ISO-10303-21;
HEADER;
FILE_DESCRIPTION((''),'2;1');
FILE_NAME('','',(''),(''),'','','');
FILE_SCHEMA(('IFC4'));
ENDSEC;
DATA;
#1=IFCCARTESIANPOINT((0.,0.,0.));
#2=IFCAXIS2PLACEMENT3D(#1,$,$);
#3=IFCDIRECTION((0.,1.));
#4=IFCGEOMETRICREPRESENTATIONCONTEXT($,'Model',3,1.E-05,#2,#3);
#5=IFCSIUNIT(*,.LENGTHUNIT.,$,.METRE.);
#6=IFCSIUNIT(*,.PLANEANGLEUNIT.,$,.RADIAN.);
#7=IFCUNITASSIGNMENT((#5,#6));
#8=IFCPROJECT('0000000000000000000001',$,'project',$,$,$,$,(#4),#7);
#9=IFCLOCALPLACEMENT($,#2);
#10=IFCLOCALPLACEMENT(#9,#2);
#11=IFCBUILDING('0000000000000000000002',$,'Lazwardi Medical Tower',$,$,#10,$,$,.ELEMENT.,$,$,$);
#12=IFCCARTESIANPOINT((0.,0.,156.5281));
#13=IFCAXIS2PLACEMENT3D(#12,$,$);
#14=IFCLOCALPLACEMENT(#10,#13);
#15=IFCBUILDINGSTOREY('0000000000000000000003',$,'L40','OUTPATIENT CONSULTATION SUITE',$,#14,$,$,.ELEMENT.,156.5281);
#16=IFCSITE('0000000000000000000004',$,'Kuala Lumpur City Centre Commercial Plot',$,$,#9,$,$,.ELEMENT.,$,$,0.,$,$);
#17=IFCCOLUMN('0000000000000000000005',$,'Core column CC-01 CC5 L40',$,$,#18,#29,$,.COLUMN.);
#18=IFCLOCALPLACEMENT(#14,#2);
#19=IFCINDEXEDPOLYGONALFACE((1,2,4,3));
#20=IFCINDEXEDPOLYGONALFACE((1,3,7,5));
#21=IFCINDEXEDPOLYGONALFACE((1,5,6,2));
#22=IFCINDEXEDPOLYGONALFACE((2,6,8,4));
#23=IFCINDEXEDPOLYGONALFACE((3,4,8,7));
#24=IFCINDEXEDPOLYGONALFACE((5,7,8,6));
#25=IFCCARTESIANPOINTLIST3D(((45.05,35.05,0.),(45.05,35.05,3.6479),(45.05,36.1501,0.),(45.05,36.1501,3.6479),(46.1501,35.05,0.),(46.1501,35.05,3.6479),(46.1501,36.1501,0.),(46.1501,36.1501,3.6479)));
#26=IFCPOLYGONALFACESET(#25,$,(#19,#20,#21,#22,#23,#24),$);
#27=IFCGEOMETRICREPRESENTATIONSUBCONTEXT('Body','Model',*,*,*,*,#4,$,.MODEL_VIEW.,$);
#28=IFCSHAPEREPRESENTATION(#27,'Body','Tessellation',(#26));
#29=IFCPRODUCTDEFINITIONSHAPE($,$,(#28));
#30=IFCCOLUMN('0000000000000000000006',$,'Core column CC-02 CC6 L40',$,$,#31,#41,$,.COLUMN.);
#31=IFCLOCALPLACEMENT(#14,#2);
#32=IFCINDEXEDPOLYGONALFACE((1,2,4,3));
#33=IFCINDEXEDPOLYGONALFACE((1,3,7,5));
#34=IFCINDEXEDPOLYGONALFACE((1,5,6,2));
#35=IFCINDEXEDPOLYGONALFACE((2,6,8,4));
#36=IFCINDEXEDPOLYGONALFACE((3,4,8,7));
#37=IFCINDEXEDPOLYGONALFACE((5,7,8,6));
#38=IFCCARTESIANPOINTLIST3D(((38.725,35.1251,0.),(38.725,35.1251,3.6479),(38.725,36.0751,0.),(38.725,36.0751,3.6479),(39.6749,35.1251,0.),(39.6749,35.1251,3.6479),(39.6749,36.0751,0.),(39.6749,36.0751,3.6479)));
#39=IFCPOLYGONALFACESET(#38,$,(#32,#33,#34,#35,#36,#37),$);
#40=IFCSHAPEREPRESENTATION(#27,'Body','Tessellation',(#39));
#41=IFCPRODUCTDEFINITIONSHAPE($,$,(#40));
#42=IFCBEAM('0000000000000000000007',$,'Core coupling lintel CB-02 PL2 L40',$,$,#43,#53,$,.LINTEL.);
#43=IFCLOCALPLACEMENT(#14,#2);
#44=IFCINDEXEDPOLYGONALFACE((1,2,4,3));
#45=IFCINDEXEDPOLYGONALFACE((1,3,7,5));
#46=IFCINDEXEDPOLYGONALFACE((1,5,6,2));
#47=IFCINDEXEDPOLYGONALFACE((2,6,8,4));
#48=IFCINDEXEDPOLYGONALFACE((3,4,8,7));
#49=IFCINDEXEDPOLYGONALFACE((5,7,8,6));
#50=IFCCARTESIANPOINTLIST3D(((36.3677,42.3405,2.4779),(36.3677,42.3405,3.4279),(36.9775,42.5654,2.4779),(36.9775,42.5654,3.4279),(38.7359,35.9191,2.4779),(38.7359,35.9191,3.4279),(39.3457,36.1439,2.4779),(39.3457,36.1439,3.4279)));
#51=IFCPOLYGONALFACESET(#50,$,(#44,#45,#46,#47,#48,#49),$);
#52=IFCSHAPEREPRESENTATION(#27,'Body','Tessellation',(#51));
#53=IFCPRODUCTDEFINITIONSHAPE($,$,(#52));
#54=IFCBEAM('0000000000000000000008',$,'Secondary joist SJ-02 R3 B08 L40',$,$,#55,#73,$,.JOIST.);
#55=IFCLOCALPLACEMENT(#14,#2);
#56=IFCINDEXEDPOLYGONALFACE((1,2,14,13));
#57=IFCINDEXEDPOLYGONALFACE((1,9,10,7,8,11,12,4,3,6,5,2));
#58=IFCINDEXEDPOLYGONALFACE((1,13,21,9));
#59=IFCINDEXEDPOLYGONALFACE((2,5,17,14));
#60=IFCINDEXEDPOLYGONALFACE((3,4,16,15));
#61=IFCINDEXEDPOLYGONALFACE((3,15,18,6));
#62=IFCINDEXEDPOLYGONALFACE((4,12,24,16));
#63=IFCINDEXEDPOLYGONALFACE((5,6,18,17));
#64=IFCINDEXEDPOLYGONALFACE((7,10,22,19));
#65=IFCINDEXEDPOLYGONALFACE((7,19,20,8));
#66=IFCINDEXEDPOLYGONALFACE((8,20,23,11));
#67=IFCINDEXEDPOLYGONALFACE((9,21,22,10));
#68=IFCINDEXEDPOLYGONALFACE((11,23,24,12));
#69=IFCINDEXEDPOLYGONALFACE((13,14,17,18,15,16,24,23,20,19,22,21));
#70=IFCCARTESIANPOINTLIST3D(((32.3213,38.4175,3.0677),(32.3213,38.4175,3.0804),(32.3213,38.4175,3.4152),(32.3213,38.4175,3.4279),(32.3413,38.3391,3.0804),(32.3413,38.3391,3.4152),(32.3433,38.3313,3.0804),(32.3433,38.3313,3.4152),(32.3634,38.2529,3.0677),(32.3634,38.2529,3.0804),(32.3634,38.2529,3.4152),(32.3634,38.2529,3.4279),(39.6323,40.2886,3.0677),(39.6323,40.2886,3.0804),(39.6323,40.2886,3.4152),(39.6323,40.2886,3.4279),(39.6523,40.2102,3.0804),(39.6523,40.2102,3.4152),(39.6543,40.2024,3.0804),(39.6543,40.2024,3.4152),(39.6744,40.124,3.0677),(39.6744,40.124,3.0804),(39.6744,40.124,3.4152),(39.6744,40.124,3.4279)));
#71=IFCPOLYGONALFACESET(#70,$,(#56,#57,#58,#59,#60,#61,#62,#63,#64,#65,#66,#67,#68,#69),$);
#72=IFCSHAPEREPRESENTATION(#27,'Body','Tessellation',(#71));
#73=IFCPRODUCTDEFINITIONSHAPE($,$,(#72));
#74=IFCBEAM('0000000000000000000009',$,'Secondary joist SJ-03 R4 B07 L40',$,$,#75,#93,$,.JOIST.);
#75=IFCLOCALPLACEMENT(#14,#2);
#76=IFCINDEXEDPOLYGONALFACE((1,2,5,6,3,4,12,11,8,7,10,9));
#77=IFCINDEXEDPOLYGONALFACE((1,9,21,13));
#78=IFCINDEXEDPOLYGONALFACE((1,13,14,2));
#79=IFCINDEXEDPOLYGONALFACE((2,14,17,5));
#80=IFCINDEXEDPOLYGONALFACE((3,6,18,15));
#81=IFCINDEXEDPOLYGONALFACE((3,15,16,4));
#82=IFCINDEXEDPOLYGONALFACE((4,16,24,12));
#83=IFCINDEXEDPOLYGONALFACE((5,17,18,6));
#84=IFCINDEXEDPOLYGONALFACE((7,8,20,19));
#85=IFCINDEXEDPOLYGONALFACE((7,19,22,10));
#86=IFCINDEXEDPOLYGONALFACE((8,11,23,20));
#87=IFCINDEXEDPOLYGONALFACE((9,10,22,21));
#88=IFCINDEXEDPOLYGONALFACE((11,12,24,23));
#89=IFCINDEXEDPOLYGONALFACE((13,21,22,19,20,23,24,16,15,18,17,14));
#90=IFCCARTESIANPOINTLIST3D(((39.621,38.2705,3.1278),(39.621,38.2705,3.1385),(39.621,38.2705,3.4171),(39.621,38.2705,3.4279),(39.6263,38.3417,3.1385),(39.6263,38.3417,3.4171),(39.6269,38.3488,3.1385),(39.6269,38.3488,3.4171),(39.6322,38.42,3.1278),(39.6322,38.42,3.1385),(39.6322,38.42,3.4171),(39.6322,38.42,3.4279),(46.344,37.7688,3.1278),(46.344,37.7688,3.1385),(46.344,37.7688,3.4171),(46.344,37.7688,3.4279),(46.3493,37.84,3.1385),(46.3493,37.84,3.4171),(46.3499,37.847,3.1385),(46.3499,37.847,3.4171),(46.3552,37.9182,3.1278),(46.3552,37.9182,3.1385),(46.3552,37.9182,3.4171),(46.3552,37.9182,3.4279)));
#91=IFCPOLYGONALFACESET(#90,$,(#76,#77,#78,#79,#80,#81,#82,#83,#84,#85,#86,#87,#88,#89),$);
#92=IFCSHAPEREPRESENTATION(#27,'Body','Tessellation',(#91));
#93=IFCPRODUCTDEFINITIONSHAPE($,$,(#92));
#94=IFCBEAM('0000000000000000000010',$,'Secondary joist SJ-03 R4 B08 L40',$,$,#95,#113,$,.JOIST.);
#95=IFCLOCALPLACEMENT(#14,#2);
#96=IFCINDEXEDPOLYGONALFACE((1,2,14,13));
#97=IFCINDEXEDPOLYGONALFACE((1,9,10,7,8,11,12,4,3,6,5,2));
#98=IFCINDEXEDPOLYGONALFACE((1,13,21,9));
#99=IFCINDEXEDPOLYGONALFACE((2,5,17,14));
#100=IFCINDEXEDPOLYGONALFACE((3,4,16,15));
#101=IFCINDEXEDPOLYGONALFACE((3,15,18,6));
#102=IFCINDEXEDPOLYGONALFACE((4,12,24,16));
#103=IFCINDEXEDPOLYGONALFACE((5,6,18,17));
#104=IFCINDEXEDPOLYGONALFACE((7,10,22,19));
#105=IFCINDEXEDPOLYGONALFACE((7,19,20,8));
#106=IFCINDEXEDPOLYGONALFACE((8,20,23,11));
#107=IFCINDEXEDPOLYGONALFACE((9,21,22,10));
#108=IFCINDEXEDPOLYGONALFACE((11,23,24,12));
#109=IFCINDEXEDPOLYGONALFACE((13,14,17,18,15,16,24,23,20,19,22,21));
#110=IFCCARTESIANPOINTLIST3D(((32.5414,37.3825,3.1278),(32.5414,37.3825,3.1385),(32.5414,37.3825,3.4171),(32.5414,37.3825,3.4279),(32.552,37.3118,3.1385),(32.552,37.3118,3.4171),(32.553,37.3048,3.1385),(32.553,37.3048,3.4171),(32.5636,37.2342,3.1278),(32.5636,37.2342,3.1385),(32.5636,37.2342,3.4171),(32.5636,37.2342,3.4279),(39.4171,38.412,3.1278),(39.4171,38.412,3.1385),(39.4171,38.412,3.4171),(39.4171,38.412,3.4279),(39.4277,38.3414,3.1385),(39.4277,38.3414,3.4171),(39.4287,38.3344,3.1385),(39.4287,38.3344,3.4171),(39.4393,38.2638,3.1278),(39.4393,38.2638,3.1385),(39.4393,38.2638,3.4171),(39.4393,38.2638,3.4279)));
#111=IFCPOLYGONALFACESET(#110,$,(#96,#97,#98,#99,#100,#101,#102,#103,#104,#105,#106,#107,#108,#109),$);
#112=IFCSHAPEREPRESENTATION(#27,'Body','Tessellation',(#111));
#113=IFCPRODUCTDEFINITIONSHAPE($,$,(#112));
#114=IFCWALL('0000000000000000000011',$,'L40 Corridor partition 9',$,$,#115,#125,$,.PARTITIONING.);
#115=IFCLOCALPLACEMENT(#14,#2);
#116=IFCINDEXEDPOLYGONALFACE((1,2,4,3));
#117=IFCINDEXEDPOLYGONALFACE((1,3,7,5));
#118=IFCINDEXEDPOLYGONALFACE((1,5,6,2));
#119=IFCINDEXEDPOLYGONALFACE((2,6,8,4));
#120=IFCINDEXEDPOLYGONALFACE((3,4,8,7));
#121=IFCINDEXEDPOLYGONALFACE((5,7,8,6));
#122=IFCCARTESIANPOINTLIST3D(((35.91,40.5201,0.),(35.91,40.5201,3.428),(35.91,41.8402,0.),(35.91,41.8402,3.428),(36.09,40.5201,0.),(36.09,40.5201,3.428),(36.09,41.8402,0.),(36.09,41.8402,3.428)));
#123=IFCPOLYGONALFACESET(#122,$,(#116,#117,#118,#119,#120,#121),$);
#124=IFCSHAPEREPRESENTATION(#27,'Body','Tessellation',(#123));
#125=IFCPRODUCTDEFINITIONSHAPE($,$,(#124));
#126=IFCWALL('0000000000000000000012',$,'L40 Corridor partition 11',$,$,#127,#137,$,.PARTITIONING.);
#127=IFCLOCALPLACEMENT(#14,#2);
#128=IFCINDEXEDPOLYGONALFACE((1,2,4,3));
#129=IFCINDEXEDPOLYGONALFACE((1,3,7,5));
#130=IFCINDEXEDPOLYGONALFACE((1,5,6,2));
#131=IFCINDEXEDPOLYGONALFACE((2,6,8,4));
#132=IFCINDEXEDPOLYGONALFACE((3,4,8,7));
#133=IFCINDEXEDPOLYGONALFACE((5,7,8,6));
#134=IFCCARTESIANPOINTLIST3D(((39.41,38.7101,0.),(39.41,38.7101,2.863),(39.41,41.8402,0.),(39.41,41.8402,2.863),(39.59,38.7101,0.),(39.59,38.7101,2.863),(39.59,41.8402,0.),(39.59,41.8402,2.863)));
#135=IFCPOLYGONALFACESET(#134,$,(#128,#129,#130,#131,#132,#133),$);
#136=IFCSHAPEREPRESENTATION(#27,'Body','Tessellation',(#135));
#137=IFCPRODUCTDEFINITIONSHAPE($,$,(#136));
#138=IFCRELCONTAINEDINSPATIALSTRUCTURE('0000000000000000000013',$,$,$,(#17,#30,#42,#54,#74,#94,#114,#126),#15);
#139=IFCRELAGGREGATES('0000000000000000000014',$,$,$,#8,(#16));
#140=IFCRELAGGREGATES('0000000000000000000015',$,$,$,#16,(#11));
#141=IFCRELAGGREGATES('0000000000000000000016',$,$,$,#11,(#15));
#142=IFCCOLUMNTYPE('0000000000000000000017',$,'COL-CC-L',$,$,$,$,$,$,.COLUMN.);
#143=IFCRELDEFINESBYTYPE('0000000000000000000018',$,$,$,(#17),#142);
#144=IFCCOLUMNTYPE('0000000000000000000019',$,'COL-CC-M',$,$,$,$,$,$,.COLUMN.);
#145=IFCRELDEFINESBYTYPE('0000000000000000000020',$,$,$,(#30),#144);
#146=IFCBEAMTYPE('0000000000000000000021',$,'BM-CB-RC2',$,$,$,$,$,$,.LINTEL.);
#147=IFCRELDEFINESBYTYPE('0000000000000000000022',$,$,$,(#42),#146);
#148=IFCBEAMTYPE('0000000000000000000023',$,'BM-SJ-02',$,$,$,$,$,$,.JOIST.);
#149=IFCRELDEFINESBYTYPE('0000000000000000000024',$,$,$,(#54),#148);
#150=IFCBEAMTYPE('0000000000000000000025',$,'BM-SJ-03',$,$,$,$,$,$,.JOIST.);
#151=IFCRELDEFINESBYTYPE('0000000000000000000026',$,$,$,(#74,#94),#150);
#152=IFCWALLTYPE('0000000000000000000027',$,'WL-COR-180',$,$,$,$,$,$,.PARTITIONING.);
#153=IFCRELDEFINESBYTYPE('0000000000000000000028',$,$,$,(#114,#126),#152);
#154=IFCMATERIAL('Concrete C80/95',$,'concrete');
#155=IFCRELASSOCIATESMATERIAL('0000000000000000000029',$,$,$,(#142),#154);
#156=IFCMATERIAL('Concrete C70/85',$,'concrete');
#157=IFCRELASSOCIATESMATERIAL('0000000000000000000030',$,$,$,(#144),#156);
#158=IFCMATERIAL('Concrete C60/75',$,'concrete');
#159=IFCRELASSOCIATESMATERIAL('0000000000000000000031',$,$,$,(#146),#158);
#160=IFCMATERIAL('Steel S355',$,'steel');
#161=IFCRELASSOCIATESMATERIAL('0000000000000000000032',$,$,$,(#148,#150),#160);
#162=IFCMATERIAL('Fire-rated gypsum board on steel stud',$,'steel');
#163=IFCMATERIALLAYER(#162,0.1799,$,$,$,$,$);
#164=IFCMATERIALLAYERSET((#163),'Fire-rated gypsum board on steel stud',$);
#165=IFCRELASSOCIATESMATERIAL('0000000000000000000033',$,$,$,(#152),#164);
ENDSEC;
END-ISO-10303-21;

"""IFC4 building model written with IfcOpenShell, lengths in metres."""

from ifc_helpers import new_model, si_unit, direction, frame, frame_2d, origin, origin_2d, place, context, subcontext, project, spatial, rectangle, i_section, extrude, material, layer, layer_set, material_profile, profile_set, type_object, element, save


model = new_model("IFC4")

# Units and contexts
model_context = context("Model", 3, precision=1e-05, world=origin(), true_north=direction((0.0, 1.0)))
body_context = subcontext(model_context, "Body", "Model", "MODEL_VIEW")
ifc_project = project(units=[si_unit("LENGTHUNIT", "METRE"), si_unit("PLANEANGLEUNIT", "RADIAN")], contexts=[model_context])

# Site, building, storey
site_placement = place(None, origin())
site = spatial("IfcSite", under=ifc_project, at=site_placement, Name="Kuala Lumpur City Centre Commercial Plot", CompositionType="ELEMENT", RefElevation=0.0)
building_placement = place(site_placement, origin())
building = spatial("IfcBuilding", under=site, at=building_placement, Name="Lazwardi Medical Tower", CompositionType="ELEMENT")
storey_placement = place(building_placement, frame((0.0, 0.0, 156.5281)))
storey = spatial("IfcBuildingStorey", under=building, at=storey_placement, Name="L40", Description="OUTPATIENT CONSULTATION SUITE", CompositionType="ELEMENT", Elevation=156.5281)

# Columns
ifc_material_1 = material(Name="Concrete C80/95", Category="concrete")
ifc_material_profile_1 = material_profile(ifc_material_1, rectangle(XDim=1.1001, YDim=1.1001, at=origin_2d()), Name="RC 1100x1100")
ifc_profile_set_1 = profile_set([ifc_material_profile_1], Name="Concrete C80/95")
column_type_1 = type_object("IfcColumnType", Name="COL-CC-L", PredefinedType="COLUMN", material=ifc_profile_set_1)
column_1_placement = place(storey_placement, frame((45.6001, 35.6001, 0.0), z_axis=(0.0, 0.0, 1.0), x_axis=(1.0, 0.0, 0.0)))
element("IfcColumn", 1, at=column_1_placement, inside=storey, type_object=column_type_1, Name="Core column CC-01 CC5 L40", PredefinedType="COLUMN", context=body_context, shape_type="SweptSolid", body=[
    extrude(rectangle(XDim=1.1001, YDim=1.1001, at=origin_2d()), origin(), (0.0, 0.0, 1.0), 3.6479),
])
ifc_material_2 = material(Name="Concrete C70/85", Category="concrete")
ifc_material_profile_2 = material_profile(ifc_material_2, rectangle(XDim=0.95, YDim=0.95, at=origin_2d()), Name="RC 950x950")
ifc_profile_set_2 = profile_set([ifc_material_profile_2], Name="Concrete C70/85")
column_type_2 = type_object("IfcColumnType", Name="COL-CC-M", PredefinedType="COLUMN", material=ifc_profile_set_2)
column_2_placement = place(storey_placement, frame((39.2, 35.6001, 0.0), z_axis=(0.0, 0.0, 1.0), x_axis=(1.0, 0.0, 0.0)))
element("IfcColumn", 2, at=column_2_placement, inside=storey, type_object=column_type_2, Name="Core column CC-02 CC6 L40", PredefinedType="COLUMN", context=body_context, shape_type="SweptSolid", body=[
    extrude(rectangle(XDim=0.95, YDim=0.95, at=origin_2d()), origin(), (0.0, 0.0, 1.0), 3.6479),
])

# Beams
ifc_material_3 = material(Name="Concrete C60/75", Category="concrete")
ifc_material_profile_3 = material_profile(ifc_material_3, rectangle(XDim=0.6499, YDim=0.95, at=origin_2d()), Name="RC 650x950")
ifc_profile_set_3 = profile_set([ifc_material_profile_3], Name="Concrete C60/75")
beam_type_1 = type_object("IfcBeamType", Name="BM-CB-RC2", PredefinedType="LINTEL", material=ifc_profile_set_3)
beam_1_placement = place(storey_placement, frame((39.0408, 36.0315, 2.9529), z_axis=(-0.346013, 0.93823, 0.0), x_axis=(-0.93823, -0.346013, 0.0)))
element("IfcBeam", 3, at=beam_1_placement, inside=storey, type_object=beam_type_1, Name="Core coupling lintel CB-02 PL2 L40", PredefinedType="LINTEL", context=body_context, shape_type="SweptSolid", body=[
    extrude(rectangle(XDim=0.6499, YDim=0.95, at=origin_2d()), origin(), (0.0, 0.0, 1.0), 6.8442),
])
ifc_material_4 = material(Name="Steel S355", Category="steel")
ifc_material_profile_4 = material_profile(ifc_material_4, i_section(OverallWidth=0.1699, OverallDepth=0.3601, WebThickness=0.0081, FlangeThickness=0.0127, at=origin_2d()), Name="IPE 360")
ifc_profile_set_4 = profile_set([ifc_material_profile_4], Name="Steel S355")
beam_type_2 = type_object("IfcBeamType", Name="BM-SJ-02", PredefinedType="JOIST", material=ifc_profile_set_4)
beam_2_placement = place(storey_placement, frame((39.6533, 40.2063, 3.2478), z_axis=(-0.968776, -0.247936, 0.0), x_axis=(0.247936, -0.968776, 0.0)))
element("IfcBeam", 4, at=beam_2_placement, inside=storey, type_object=beam_type_2, Name="Secondary joist SJ-02 R3 B08 L40", PredefinedType="JOIST", context=body_context, shape_type="SweptSolid", body=[
    extrude(i_section(OverallWidth=0.1699, OverallDepth=0.3601, WebThickness=0.0081, FlangeThickness=0.0127, at=origin_2d()), origin(), (0.0, 0.0, 1.0), 7.5466),
])
ifc_material_profile_5 = material_profile(ifc_material_4, i_section(OverallWidth=0.1499, OverallDepth=0.3, WebThickness=0.0071, FlangeThickness=0.0107, at=origin_2d()), Name="IPE 300")
ifc_profile_set_5 = profile_set([ifc_material_profile_5], Name="Steel S355")
beam_type_3 = type_object("IfcBeamType", Name="BM-SJ-03", PredefinedType="JOIST", material=ifc_profile_set_5)
beam_3_placement = place(storey_placement, frame((46.3496, 37.8435, 3.2778), z_axis=(-0.997227, 0.07442, 0.0), x_axis=(-0.07442, -0.997227, 0.0)))
element("IfcBeam", 5, at=beam_3_placement, inside=storey, type_object=beam_type_3, Name="Secondary joist SJ-03 R4 B07 L40", PredefinedType="JOIST", context=body_context, shape_type="SweptSolid", body=[
    extrude(i_section(OverallWidth=0.1499, OverallDepth=0.3, WebThickness=0.0071, FlangeThickness=0.0107, at=origin_2d()), origin(), (0.0, 0.0, 1.0), 6.7417),
])
beam_4_placement = place(storey_placement, frame((39.4282, 38.3379, 3.2778), z_axis=(-0.988975, -0.148085, 0.0), x_axis=(0.148085, -0.988975, 0.0)))
element("IfcBeam", 6, at=beam_4_placement, inside=storey, type_object=beam_type_3, Name="Secondary joist SJ-03 R4 B08 L40", PredefinedType="JOIST", context=body_context, shape_type="SweptSolid", body=[
    extrude(i_section(OverallWidth=0.1499, OverallDepth=0.3, WebThickness=0.0071, FlangeThickness=0.0107, at=origin_2d()), origin(), (0.0, 0.0, 1.0), 6.9524),
])

# Walls
ifc_material_5 = material(Name="Fire-rated gypsum board on steel stud", Category="steel")
ifc_layer_1 = layer(ifc_material_5, 0.1799)
ifc_layer_set_1 = layer_set([ifc_layer_1], Name="Fire-rated gypsum board on steel stud")
wall_type_1 = type_object("IfcWallType", Name="WL-COR-180", PredefinedType="PARTITIONING", material=ifc_layer_set_1)
wall_1_placement = place(storey_placement, frame((36.0, 40.52, 0.0), z_axis=(0.0, 0.0, 1.0), x_axis=(0.0, 1.0, 0.0)))
element("IfcWall", 7, at=wall_1_placement, inside=storey, type_object=wall_type_1, Name="L40 Corridor partition 9", PredefinedType="PARTITIONING", context=body_context, shape_type="SweptSolid", body=[
    extrude(rectangle(XDim=1.3201, YDim=0.1799, at=frame_2d((0.6602, 0.0))), origin(), (0.0, 0.0, 1.0), 3.428),
])
wall_2_placement = place(storey_placement, frame((39.5, 41.8401, 0.0), z_axis=(0.0, 0.0, 1.0), x_axis=(0.0, -1.0, 0.0)))
element("IfcWall", 8, at=wall_2_placement, inside=storey, type_object=wall_type_1, Name="L40 Corridor partition 11", PredefinedType="PARTITIONING", context=body_context, shape_type="SweptSolid", body=[
    extrude(rectangle(XDim=3.1301, YDim=0.1799, at=frame_2d((1.5649, 0.0))), origin(), (0.0, 0.0, 1.0), 2.863),
])

save(model, "model.ifc")
